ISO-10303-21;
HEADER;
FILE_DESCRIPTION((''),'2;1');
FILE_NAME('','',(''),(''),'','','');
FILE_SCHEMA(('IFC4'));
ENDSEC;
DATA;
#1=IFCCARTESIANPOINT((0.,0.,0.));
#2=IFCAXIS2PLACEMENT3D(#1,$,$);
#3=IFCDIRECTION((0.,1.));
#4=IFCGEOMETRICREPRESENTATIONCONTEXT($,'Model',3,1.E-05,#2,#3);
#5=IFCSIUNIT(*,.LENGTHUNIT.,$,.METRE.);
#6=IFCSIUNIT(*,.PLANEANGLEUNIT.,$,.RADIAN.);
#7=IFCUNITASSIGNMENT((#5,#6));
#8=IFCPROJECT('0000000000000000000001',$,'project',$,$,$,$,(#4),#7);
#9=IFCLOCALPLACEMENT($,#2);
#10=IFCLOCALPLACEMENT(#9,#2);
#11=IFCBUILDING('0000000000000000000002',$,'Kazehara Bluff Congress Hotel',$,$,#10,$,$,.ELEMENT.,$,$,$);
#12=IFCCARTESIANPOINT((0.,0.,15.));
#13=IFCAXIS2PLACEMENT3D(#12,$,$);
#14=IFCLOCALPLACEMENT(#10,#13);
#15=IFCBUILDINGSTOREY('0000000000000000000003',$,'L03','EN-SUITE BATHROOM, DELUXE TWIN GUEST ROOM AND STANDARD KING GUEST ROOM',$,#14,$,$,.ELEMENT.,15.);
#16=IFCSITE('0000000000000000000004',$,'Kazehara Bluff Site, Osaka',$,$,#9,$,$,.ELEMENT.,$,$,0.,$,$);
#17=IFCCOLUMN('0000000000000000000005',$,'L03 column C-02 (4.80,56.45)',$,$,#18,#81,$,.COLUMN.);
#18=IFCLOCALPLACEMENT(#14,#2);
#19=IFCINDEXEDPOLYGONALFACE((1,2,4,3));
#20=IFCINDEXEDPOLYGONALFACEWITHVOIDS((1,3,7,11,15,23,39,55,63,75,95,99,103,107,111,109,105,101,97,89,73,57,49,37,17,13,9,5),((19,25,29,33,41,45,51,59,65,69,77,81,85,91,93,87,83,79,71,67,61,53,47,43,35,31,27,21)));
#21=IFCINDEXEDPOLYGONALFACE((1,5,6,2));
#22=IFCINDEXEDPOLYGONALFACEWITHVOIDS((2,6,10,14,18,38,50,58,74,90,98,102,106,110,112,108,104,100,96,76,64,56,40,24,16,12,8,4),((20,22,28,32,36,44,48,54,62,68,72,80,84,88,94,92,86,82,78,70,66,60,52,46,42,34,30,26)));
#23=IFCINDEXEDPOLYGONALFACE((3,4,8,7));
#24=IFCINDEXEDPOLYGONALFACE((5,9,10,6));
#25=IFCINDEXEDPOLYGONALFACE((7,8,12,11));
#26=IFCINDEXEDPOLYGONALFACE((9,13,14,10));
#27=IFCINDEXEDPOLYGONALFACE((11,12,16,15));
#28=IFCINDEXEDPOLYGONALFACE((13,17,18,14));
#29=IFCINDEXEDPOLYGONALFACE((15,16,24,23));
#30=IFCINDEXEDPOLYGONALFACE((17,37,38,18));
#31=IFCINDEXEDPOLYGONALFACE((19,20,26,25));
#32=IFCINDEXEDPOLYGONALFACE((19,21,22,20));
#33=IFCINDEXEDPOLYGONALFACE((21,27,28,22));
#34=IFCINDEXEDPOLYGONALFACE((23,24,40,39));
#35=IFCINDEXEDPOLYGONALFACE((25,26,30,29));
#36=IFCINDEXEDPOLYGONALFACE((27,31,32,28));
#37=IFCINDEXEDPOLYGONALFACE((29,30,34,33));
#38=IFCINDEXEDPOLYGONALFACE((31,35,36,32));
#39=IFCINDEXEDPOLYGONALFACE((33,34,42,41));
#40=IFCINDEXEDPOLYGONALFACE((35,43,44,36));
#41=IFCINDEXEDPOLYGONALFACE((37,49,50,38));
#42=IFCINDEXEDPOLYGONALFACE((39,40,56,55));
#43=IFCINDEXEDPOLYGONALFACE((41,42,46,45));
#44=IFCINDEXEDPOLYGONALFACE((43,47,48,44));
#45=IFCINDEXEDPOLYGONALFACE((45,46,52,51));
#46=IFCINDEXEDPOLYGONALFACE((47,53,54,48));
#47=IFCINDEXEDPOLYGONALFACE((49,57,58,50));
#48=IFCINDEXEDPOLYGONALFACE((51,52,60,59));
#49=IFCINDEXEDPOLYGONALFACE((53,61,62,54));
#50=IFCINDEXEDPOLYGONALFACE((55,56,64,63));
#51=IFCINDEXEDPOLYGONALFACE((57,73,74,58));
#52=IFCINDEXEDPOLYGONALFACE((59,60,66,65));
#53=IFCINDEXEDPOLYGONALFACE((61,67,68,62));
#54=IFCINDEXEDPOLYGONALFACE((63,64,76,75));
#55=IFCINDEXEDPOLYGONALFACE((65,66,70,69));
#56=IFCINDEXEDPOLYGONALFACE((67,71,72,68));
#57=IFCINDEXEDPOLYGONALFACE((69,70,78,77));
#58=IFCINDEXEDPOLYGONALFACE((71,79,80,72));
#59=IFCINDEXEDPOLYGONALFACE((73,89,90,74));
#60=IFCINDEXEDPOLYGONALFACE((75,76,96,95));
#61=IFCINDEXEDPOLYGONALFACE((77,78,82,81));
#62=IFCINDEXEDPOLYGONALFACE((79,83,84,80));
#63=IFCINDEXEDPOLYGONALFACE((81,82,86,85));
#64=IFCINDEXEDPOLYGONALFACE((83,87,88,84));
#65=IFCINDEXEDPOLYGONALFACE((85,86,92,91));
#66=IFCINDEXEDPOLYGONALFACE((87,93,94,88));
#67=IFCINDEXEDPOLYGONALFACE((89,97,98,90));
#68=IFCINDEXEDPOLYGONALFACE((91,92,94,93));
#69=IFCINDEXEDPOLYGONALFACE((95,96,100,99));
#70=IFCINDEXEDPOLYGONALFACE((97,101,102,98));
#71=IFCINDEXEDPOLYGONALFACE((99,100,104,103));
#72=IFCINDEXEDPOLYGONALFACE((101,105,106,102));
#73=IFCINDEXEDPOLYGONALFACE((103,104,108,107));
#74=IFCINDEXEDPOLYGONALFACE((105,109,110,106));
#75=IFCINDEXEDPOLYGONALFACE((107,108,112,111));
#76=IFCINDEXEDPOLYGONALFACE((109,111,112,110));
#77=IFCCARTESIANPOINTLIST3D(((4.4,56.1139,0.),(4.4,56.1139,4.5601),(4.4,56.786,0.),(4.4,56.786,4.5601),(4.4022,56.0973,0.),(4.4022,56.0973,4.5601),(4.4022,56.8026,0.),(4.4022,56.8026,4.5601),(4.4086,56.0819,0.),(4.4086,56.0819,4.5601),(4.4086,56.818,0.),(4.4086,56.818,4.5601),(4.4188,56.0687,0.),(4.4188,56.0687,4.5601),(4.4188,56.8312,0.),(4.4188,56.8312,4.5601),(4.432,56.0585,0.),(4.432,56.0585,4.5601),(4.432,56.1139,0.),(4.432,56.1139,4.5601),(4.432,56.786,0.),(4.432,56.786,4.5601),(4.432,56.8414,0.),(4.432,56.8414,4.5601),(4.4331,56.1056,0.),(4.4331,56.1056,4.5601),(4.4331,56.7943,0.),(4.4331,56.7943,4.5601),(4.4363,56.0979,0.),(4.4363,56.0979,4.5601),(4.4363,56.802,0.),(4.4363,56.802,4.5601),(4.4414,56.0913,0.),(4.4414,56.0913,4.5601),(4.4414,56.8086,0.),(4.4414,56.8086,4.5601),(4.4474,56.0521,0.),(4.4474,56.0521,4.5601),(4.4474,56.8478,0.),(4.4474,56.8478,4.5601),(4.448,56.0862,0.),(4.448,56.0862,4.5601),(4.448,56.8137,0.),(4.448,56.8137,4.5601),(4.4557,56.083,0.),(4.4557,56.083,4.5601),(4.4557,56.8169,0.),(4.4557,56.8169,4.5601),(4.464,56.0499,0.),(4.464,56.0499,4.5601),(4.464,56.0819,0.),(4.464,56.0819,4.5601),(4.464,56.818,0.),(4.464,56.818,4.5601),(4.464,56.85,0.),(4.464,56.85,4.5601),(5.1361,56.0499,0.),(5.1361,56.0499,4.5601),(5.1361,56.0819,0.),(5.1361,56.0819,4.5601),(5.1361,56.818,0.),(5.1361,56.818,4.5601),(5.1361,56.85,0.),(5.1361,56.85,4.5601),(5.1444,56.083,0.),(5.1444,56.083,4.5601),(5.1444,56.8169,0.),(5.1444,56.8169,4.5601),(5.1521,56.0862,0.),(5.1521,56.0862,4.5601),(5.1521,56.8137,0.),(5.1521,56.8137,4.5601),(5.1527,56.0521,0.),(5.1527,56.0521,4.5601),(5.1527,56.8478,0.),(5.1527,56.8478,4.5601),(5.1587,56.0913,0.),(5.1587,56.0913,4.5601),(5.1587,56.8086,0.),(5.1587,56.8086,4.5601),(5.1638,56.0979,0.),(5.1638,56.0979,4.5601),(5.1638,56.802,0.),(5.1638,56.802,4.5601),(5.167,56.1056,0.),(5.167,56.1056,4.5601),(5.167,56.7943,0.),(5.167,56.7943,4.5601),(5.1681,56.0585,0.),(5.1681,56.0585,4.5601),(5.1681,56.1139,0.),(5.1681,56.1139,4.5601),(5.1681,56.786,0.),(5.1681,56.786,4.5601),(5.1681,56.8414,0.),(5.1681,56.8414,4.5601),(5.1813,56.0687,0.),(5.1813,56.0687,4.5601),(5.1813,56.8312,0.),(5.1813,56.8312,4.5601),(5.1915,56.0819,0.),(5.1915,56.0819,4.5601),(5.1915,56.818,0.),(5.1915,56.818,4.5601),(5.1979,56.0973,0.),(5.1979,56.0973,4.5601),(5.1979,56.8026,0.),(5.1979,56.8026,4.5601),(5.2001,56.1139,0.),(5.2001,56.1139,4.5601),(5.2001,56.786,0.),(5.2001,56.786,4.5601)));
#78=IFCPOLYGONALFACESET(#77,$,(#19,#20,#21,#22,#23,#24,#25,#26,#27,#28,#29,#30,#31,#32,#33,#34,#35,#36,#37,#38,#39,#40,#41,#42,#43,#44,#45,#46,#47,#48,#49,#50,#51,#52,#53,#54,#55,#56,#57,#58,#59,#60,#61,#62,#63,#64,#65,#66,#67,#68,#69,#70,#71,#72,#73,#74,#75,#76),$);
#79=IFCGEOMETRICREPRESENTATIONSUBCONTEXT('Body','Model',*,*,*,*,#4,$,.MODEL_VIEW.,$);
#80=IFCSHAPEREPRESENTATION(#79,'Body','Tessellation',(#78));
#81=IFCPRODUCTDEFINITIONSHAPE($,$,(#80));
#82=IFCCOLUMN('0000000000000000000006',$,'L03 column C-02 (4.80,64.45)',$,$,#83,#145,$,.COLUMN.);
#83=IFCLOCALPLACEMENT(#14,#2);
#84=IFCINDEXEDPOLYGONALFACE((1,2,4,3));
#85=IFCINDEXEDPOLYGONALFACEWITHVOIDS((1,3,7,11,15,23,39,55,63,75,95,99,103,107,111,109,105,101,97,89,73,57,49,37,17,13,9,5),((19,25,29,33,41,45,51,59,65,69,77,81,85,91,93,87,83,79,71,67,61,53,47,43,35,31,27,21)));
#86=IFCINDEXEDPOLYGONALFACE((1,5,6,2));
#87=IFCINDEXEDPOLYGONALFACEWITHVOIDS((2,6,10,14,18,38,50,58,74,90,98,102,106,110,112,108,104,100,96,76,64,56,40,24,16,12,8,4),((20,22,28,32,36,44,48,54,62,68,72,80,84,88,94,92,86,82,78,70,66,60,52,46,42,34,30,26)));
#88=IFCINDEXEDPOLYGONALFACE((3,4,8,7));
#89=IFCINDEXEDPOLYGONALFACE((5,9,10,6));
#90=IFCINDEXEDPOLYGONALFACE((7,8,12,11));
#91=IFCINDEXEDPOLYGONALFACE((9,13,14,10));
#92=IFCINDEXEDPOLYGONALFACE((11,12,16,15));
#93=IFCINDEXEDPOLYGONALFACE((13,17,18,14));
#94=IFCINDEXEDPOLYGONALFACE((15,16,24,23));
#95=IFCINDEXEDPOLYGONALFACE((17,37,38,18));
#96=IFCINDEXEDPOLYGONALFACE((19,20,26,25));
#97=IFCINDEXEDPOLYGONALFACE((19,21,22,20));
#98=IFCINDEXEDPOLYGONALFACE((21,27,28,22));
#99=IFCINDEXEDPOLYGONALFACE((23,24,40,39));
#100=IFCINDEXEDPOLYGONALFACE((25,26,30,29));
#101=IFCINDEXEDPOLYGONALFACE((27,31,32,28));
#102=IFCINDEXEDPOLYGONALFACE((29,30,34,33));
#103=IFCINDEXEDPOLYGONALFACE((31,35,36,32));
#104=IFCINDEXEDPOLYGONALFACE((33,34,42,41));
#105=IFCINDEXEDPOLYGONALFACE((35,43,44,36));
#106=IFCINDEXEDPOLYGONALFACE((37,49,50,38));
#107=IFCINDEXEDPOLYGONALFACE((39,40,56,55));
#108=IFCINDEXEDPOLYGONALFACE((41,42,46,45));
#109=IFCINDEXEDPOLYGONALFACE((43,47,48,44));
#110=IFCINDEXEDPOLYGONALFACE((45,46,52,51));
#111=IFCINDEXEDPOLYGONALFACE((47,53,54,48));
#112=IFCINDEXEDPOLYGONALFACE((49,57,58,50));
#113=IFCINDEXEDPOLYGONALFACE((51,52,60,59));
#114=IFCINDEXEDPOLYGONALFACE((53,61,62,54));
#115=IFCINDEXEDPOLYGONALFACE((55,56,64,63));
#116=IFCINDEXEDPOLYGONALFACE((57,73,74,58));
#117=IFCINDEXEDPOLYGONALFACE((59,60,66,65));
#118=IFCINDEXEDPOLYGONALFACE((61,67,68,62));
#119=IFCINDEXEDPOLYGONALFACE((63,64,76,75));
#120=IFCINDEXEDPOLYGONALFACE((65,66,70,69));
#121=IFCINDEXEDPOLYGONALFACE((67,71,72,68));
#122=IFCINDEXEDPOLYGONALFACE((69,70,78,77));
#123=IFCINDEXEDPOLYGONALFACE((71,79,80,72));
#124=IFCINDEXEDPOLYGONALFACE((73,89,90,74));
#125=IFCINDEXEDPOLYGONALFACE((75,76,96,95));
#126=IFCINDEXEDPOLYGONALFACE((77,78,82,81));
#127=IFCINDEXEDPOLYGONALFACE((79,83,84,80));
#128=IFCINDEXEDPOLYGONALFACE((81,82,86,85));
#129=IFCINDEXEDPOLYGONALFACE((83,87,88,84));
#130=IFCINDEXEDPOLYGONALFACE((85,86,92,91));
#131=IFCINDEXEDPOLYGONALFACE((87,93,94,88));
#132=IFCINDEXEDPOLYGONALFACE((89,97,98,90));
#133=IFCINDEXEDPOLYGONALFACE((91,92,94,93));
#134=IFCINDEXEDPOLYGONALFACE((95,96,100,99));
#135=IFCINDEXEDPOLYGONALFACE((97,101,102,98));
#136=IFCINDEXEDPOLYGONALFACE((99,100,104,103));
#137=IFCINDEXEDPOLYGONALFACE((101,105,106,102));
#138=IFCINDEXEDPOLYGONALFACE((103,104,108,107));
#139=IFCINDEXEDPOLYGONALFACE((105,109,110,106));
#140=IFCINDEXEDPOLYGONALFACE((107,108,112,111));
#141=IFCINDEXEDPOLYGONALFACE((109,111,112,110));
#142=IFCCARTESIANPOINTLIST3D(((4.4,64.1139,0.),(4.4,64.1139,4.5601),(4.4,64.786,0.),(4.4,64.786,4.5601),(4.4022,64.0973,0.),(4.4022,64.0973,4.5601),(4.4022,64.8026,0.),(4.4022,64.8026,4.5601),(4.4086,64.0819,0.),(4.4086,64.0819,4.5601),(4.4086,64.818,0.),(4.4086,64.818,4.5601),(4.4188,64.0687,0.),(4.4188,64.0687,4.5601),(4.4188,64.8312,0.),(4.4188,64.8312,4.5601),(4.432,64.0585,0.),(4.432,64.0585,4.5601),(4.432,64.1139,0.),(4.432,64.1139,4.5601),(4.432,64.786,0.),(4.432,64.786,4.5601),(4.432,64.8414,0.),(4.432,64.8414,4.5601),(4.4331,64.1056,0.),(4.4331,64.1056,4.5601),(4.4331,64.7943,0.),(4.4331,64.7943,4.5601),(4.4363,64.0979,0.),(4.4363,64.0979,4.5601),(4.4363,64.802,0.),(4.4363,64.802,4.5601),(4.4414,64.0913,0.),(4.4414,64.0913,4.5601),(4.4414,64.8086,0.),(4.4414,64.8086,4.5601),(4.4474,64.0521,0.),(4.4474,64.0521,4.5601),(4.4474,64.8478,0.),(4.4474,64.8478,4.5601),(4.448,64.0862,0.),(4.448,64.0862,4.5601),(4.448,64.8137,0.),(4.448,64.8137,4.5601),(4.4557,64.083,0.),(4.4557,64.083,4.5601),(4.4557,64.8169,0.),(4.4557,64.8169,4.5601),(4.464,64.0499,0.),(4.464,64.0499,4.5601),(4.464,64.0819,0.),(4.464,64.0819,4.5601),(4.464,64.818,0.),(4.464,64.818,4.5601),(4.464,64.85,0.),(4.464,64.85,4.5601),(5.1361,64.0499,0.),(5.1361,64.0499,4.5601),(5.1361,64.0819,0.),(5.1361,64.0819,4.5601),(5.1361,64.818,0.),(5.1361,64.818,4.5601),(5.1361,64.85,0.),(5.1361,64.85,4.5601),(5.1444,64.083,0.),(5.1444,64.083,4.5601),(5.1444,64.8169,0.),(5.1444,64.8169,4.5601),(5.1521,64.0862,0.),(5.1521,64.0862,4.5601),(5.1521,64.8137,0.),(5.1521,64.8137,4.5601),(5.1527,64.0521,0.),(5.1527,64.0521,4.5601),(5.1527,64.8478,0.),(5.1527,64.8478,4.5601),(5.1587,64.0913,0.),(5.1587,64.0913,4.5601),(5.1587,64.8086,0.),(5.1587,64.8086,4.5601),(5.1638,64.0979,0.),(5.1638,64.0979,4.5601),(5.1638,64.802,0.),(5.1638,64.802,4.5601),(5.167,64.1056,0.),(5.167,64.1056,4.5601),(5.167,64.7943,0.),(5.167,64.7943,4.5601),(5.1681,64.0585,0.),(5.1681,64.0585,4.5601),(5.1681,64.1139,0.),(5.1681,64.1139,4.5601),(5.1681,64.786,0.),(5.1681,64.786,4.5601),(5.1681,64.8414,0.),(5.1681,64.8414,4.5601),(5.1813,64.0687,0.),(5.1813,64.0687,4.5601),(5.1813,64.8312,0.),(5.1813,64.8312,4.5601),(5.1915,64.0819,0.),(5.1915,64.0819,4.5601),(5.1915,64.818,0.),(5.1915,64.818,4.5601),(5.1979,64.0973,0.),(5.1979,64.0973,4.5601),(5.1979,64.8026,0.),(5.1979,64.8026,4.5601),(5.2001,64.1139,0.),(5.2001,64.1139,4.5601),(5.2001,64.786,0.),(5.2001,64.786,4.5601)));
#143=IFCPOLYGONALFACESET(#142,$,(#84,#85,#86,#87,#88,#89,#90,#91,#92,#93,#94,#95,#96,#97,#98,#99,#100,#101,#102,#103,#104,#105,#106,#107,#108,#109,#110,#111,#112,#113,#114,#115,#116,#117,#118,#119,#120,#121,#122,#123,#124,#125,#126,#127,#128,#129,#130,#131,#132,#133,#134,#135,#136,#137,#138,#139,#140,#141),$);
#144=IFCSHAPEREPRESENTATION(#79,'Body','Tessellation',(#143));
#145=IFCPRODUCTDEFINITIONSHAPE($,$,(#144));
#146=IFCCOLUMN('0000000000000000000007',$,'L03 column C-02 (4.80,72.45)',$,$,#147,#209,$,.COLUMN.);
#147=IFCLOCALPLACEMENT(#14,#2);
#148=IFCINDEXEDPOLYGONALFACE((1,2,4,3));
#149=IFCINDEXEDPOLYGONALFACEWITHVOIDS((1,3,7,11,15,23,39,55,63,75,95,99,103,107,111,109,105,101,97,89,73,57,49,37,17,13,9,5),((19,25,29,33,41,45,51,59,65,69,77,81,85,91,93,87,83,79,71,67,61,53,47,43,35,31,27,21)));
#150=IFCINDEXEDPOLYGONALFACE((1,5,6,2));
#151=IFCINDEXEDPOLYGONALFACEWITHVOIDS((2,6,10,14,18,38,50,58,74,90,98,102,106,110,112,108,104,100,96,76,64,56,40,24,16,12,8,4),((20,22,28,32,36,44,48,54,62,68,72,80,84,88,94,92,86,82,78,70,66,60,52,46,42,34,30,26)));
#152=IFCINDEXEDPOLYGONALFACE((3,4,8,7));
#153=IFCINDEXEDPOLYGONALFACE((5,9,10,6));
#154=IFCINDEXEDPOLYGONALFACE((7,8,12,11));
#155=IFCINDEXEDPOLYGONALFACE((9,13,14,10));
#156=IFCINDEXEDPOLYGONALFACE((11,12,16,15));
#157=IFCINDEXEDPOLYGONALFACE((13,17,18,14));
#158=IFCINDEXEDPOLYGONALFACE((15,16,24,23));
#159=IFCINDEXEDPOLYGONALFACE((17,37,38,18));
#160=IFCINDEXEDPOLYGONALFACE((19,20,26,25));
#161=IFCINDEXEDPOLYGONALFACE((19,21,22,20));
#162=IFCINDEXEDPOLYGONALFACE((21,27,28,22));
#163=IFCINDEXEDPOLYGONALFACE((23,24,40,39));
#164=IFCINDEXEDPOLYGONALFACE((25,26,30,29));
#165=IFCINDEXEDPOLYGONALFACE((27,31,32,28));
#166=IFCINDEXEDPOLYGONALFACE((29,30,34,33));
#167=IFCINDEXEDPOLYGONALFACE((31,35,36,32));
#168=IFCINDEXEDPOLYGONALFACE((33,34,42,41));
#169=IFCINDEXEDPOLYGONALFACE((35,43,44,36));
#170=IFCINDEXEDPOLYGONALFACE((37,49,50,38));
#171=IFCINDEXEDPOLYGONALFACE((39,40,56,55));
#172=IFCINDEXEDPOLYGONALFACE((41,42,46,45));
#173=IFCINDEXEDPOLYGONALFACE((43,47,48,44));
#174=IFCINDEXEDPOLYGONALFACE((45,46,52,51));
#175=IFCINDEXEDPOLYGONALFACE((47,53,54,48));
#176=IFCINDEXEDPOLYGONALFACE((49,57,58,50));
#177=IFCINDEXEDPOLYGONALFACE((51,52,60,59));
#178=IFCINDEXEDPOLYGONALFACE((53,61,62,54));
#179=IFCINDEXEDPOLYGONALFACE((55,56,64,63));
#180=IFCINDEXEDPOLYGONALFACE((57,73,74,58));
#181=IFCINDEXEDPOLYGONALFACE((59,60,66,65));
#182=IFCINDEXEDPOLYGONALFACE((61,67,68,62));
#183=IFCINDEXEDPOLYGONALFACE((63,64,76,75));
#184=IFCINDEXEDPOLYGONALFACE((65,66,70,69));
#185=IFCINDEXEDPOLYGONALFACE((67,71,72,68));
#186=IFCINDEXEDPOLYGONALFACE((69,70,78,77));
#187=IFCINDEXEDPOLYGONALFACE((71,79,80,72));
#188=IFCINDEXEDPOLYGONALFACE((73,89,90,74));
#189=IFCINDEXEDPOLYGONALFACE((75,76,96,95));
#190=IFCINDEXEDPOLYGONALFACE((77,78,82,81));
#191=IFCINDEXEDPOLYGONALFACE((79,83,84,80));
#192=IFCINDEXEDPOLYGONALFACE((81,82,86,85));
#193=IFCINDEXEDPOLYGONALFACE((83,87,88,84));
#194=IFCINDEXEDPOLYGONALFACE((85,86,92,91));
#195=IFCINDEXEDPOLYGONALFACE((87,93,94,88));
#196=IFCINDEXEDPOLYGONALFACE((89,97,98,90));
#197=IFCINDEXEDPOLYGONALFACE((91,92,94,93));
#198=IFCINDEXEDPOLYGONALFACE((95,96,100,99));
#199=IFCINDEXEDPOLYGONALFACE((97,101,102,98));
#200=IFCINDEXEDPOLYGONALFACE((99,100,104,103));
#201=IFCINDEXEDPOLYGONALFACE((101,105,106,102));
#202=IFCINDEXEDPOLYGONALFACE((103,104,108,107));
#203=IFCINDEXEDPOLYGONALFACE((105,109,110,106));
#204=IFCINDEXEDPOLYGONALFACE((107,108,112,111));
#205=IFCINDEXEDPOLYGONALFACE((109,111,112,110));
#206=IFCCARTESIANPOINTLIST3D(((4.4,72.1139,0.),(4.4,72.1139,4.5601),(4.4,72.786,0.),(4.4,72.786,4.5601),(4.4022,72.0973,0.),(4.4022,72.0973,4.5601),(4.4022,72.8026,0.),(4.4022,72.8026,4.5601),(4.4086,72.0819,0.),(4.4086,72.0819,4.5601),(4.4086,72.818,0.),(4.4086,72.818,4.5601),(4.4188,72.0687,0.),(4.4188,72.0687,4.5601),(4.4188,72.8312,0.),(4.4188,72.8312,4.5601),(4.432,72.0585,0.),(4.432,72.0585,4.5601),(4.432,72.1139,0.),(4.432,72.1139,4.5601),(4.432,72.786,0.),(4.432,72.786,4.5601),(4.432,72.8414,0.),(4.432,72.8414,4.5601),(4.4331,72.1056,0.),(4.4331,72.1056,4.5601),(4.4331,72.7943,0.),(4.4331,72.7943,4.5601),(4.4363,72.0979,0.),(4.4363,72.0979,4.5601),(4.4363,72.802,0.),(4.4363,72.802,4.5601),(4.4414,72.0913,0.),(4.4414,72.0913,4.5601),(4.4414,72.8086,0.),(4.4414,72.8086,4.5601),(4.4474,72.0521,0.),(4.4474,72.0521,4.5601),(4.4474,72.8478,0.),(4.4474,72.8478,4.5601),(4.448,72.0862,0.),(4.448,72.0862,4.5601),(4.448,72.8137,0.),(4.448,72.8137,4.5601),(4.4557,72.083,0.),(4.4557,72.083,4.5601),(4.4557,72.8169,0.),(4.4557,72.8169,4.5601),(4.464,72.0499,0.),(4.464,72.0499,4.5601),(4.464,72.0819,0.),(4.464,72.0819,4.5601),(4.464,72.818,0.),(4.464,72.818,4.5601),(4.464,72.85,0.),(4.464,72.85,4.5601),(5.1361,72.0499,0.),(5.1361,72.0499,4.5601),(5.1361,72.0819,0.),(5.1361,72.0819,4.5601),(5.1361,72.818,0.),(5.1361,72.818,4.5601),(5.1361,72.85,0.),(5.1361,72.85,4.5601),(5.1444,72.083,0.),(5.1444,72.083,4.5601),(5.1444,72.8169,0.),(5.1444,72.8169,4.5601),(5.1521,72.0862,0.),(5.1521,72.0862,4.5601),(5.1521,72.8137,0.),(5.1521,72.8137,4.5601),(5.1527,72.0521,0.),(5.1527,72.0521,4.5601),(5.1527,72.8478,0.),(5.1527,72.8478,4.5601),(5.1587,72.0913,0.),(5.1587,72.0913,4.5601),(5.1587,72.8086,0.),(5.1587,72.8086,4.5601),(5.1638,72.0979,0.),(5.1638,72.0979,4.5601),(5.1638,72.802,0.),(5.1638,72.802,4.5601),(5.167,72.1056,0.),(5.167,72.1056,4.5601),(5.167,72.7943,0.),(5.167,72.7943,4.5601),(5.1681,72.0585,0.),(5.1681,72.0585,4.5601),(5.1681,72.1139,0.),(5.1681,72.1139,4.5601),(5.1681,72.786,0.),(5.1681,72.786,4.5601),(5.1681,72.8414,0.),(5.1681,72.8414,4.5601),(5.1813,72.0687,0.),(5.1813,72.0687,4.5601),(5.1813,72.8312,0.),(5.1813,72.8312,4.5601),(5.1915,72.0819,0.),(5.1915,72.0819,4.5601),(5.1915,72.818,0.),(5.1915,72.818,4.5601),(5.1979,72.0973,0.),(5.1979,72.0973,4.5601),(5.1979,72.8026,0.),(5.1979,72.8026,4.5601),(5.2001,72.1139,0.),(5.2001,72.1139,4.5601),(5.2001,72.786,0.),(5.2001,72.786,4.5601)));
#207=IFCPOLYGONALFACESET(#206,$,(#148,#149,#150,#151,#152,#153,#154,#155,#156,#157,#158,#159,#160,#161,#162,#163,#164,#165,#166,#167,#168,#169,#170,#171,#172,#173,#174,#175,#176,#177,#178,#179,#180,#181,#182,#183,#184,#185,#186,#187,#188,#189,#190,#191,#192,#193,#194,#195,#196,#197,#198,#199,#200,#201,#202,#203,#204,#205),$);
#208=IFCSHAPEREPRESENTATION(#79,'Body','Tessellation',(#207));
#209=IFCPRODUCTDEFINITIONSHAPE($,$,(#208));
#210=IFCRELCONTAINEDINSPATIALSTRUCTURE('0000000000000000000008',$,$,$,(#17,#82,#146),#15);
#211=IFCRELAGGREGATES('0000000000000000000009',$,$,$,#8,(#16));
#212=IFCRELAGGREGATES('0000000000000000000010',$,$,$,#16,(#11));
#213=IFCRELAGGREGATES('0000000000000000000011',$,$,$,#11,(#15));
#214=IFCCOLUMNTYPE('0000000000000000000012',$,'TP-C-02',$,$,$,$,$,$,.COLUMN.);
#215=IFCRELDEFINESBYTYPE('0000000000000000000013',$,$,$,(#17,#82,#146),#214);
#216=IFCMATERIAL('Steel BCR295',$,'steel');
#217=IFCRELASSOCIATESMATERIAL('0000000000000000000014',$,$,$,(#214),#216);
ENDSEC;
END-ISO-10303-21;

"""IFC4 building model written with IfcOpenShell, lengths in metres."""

from ifc_helpers import new_model, si_unit, direction, frame, origin, origin_2d, place, context, subcontext, project, spatial, hollow_rectangle, extrude, material, material_profile, profile_set, type_object, element, save


model = new_model("IFC4")

# Units and contexts
model_context = context("Model", 3, precision=1e-05, world=origin(), true_north=direction((0.0, 1.0)))
body_context = subcontext(model_context, "Body", "Model", "MODEL_VIEW")
ifc_project = project(units=[si_unit("LENGTHUNIT", "METRE"), si_unit("PLANEANGLEUNIT", "RADIAN")], contexts=[model_context])

# Site, building, storey
site_placement = place(None, origin())
site = spatial("IfcSite", under=ifc_project, at=site_placement, Name="Kazehara Bluff Site, Osaka", CompositionType="ELEMENT", RefElevation=0.0)
building_placement = place(site_placement, origin())
building = spatial("IfcBuilding", under=site, at=building_placement, Name="Kazehara Bluff Congress Hotel", CompositionType="ELEMENT")
storey_placement = place(building_placement, frame((0.0, 0.0, 15.0)))
storey = spatial("IfcBuildingStorey", under=building, at=storey_placement, Name="L03", Description="EN-SUITE BATHROOM, DELUXE TWIN GUEST ROOM AND STANDARD KING GUEST ROOM", CompositionType="ELEMENT", Elevation=15.0)

# Columns
ifc_material_1 = material(Name="Steel BCR295", Category="steel")
ifc_material_profile_1 = material_profile(ifc_material_1, hollow_rectangle(XDim=0.8, YDim=0.8, WallThickness=0.032, InnerFilletRadius=0.032, OuterFilletRadius=0.064, at=origin_2d()))
ifc_profile_set_1 = profile_set([ifc_material_profile_1], Name="Steel BCR295")
column_type = type_object("IfcColumnType", Name="TP-C-02", PredefinedType="COLUMN", material=ifc_profile_set_1)
for number, where, z_axis, x_axis, name in (
    (1, (4.8, 56.45, 0.0), (0.0, 0.0, 1.0), (1.0, 0.0, 0.0), "L03 column C-02 (4.80,56.45)"),
    (2, (4.8, 64.45, 0.0), (0.0, 0.0, 1.0), (1.0, 0.0, 0.0), "L03 column C-02 (4.80,64.45)"),
    (3, (4.8, 72.45, 0.0), (0.0, 0.0, 1.0), (1.0, 0.0, 0.0), "L03 column C-02 (4.80,72.45)"),
):
    element("IfcColumn", number, at=place(storey_placement, frame(where, z_axis=z_axis, x_axis=x_axis)), inside=storey, type_object=column_type, Name=name, PredefinedType="COLUMN", context=body_context, shape_type="SweptSolid", body=[
        extrude(hollow_rectangle(XDim=0.8, YDim=0.8, WallThickness=0.032, InnerFilletRadius=0.032, OuterFilletRadius=0.064, at=origin_2d()), origin(), (0.0, 0.0, 1.0), 4.5601),
    ])

save(model, "model.ifc")
